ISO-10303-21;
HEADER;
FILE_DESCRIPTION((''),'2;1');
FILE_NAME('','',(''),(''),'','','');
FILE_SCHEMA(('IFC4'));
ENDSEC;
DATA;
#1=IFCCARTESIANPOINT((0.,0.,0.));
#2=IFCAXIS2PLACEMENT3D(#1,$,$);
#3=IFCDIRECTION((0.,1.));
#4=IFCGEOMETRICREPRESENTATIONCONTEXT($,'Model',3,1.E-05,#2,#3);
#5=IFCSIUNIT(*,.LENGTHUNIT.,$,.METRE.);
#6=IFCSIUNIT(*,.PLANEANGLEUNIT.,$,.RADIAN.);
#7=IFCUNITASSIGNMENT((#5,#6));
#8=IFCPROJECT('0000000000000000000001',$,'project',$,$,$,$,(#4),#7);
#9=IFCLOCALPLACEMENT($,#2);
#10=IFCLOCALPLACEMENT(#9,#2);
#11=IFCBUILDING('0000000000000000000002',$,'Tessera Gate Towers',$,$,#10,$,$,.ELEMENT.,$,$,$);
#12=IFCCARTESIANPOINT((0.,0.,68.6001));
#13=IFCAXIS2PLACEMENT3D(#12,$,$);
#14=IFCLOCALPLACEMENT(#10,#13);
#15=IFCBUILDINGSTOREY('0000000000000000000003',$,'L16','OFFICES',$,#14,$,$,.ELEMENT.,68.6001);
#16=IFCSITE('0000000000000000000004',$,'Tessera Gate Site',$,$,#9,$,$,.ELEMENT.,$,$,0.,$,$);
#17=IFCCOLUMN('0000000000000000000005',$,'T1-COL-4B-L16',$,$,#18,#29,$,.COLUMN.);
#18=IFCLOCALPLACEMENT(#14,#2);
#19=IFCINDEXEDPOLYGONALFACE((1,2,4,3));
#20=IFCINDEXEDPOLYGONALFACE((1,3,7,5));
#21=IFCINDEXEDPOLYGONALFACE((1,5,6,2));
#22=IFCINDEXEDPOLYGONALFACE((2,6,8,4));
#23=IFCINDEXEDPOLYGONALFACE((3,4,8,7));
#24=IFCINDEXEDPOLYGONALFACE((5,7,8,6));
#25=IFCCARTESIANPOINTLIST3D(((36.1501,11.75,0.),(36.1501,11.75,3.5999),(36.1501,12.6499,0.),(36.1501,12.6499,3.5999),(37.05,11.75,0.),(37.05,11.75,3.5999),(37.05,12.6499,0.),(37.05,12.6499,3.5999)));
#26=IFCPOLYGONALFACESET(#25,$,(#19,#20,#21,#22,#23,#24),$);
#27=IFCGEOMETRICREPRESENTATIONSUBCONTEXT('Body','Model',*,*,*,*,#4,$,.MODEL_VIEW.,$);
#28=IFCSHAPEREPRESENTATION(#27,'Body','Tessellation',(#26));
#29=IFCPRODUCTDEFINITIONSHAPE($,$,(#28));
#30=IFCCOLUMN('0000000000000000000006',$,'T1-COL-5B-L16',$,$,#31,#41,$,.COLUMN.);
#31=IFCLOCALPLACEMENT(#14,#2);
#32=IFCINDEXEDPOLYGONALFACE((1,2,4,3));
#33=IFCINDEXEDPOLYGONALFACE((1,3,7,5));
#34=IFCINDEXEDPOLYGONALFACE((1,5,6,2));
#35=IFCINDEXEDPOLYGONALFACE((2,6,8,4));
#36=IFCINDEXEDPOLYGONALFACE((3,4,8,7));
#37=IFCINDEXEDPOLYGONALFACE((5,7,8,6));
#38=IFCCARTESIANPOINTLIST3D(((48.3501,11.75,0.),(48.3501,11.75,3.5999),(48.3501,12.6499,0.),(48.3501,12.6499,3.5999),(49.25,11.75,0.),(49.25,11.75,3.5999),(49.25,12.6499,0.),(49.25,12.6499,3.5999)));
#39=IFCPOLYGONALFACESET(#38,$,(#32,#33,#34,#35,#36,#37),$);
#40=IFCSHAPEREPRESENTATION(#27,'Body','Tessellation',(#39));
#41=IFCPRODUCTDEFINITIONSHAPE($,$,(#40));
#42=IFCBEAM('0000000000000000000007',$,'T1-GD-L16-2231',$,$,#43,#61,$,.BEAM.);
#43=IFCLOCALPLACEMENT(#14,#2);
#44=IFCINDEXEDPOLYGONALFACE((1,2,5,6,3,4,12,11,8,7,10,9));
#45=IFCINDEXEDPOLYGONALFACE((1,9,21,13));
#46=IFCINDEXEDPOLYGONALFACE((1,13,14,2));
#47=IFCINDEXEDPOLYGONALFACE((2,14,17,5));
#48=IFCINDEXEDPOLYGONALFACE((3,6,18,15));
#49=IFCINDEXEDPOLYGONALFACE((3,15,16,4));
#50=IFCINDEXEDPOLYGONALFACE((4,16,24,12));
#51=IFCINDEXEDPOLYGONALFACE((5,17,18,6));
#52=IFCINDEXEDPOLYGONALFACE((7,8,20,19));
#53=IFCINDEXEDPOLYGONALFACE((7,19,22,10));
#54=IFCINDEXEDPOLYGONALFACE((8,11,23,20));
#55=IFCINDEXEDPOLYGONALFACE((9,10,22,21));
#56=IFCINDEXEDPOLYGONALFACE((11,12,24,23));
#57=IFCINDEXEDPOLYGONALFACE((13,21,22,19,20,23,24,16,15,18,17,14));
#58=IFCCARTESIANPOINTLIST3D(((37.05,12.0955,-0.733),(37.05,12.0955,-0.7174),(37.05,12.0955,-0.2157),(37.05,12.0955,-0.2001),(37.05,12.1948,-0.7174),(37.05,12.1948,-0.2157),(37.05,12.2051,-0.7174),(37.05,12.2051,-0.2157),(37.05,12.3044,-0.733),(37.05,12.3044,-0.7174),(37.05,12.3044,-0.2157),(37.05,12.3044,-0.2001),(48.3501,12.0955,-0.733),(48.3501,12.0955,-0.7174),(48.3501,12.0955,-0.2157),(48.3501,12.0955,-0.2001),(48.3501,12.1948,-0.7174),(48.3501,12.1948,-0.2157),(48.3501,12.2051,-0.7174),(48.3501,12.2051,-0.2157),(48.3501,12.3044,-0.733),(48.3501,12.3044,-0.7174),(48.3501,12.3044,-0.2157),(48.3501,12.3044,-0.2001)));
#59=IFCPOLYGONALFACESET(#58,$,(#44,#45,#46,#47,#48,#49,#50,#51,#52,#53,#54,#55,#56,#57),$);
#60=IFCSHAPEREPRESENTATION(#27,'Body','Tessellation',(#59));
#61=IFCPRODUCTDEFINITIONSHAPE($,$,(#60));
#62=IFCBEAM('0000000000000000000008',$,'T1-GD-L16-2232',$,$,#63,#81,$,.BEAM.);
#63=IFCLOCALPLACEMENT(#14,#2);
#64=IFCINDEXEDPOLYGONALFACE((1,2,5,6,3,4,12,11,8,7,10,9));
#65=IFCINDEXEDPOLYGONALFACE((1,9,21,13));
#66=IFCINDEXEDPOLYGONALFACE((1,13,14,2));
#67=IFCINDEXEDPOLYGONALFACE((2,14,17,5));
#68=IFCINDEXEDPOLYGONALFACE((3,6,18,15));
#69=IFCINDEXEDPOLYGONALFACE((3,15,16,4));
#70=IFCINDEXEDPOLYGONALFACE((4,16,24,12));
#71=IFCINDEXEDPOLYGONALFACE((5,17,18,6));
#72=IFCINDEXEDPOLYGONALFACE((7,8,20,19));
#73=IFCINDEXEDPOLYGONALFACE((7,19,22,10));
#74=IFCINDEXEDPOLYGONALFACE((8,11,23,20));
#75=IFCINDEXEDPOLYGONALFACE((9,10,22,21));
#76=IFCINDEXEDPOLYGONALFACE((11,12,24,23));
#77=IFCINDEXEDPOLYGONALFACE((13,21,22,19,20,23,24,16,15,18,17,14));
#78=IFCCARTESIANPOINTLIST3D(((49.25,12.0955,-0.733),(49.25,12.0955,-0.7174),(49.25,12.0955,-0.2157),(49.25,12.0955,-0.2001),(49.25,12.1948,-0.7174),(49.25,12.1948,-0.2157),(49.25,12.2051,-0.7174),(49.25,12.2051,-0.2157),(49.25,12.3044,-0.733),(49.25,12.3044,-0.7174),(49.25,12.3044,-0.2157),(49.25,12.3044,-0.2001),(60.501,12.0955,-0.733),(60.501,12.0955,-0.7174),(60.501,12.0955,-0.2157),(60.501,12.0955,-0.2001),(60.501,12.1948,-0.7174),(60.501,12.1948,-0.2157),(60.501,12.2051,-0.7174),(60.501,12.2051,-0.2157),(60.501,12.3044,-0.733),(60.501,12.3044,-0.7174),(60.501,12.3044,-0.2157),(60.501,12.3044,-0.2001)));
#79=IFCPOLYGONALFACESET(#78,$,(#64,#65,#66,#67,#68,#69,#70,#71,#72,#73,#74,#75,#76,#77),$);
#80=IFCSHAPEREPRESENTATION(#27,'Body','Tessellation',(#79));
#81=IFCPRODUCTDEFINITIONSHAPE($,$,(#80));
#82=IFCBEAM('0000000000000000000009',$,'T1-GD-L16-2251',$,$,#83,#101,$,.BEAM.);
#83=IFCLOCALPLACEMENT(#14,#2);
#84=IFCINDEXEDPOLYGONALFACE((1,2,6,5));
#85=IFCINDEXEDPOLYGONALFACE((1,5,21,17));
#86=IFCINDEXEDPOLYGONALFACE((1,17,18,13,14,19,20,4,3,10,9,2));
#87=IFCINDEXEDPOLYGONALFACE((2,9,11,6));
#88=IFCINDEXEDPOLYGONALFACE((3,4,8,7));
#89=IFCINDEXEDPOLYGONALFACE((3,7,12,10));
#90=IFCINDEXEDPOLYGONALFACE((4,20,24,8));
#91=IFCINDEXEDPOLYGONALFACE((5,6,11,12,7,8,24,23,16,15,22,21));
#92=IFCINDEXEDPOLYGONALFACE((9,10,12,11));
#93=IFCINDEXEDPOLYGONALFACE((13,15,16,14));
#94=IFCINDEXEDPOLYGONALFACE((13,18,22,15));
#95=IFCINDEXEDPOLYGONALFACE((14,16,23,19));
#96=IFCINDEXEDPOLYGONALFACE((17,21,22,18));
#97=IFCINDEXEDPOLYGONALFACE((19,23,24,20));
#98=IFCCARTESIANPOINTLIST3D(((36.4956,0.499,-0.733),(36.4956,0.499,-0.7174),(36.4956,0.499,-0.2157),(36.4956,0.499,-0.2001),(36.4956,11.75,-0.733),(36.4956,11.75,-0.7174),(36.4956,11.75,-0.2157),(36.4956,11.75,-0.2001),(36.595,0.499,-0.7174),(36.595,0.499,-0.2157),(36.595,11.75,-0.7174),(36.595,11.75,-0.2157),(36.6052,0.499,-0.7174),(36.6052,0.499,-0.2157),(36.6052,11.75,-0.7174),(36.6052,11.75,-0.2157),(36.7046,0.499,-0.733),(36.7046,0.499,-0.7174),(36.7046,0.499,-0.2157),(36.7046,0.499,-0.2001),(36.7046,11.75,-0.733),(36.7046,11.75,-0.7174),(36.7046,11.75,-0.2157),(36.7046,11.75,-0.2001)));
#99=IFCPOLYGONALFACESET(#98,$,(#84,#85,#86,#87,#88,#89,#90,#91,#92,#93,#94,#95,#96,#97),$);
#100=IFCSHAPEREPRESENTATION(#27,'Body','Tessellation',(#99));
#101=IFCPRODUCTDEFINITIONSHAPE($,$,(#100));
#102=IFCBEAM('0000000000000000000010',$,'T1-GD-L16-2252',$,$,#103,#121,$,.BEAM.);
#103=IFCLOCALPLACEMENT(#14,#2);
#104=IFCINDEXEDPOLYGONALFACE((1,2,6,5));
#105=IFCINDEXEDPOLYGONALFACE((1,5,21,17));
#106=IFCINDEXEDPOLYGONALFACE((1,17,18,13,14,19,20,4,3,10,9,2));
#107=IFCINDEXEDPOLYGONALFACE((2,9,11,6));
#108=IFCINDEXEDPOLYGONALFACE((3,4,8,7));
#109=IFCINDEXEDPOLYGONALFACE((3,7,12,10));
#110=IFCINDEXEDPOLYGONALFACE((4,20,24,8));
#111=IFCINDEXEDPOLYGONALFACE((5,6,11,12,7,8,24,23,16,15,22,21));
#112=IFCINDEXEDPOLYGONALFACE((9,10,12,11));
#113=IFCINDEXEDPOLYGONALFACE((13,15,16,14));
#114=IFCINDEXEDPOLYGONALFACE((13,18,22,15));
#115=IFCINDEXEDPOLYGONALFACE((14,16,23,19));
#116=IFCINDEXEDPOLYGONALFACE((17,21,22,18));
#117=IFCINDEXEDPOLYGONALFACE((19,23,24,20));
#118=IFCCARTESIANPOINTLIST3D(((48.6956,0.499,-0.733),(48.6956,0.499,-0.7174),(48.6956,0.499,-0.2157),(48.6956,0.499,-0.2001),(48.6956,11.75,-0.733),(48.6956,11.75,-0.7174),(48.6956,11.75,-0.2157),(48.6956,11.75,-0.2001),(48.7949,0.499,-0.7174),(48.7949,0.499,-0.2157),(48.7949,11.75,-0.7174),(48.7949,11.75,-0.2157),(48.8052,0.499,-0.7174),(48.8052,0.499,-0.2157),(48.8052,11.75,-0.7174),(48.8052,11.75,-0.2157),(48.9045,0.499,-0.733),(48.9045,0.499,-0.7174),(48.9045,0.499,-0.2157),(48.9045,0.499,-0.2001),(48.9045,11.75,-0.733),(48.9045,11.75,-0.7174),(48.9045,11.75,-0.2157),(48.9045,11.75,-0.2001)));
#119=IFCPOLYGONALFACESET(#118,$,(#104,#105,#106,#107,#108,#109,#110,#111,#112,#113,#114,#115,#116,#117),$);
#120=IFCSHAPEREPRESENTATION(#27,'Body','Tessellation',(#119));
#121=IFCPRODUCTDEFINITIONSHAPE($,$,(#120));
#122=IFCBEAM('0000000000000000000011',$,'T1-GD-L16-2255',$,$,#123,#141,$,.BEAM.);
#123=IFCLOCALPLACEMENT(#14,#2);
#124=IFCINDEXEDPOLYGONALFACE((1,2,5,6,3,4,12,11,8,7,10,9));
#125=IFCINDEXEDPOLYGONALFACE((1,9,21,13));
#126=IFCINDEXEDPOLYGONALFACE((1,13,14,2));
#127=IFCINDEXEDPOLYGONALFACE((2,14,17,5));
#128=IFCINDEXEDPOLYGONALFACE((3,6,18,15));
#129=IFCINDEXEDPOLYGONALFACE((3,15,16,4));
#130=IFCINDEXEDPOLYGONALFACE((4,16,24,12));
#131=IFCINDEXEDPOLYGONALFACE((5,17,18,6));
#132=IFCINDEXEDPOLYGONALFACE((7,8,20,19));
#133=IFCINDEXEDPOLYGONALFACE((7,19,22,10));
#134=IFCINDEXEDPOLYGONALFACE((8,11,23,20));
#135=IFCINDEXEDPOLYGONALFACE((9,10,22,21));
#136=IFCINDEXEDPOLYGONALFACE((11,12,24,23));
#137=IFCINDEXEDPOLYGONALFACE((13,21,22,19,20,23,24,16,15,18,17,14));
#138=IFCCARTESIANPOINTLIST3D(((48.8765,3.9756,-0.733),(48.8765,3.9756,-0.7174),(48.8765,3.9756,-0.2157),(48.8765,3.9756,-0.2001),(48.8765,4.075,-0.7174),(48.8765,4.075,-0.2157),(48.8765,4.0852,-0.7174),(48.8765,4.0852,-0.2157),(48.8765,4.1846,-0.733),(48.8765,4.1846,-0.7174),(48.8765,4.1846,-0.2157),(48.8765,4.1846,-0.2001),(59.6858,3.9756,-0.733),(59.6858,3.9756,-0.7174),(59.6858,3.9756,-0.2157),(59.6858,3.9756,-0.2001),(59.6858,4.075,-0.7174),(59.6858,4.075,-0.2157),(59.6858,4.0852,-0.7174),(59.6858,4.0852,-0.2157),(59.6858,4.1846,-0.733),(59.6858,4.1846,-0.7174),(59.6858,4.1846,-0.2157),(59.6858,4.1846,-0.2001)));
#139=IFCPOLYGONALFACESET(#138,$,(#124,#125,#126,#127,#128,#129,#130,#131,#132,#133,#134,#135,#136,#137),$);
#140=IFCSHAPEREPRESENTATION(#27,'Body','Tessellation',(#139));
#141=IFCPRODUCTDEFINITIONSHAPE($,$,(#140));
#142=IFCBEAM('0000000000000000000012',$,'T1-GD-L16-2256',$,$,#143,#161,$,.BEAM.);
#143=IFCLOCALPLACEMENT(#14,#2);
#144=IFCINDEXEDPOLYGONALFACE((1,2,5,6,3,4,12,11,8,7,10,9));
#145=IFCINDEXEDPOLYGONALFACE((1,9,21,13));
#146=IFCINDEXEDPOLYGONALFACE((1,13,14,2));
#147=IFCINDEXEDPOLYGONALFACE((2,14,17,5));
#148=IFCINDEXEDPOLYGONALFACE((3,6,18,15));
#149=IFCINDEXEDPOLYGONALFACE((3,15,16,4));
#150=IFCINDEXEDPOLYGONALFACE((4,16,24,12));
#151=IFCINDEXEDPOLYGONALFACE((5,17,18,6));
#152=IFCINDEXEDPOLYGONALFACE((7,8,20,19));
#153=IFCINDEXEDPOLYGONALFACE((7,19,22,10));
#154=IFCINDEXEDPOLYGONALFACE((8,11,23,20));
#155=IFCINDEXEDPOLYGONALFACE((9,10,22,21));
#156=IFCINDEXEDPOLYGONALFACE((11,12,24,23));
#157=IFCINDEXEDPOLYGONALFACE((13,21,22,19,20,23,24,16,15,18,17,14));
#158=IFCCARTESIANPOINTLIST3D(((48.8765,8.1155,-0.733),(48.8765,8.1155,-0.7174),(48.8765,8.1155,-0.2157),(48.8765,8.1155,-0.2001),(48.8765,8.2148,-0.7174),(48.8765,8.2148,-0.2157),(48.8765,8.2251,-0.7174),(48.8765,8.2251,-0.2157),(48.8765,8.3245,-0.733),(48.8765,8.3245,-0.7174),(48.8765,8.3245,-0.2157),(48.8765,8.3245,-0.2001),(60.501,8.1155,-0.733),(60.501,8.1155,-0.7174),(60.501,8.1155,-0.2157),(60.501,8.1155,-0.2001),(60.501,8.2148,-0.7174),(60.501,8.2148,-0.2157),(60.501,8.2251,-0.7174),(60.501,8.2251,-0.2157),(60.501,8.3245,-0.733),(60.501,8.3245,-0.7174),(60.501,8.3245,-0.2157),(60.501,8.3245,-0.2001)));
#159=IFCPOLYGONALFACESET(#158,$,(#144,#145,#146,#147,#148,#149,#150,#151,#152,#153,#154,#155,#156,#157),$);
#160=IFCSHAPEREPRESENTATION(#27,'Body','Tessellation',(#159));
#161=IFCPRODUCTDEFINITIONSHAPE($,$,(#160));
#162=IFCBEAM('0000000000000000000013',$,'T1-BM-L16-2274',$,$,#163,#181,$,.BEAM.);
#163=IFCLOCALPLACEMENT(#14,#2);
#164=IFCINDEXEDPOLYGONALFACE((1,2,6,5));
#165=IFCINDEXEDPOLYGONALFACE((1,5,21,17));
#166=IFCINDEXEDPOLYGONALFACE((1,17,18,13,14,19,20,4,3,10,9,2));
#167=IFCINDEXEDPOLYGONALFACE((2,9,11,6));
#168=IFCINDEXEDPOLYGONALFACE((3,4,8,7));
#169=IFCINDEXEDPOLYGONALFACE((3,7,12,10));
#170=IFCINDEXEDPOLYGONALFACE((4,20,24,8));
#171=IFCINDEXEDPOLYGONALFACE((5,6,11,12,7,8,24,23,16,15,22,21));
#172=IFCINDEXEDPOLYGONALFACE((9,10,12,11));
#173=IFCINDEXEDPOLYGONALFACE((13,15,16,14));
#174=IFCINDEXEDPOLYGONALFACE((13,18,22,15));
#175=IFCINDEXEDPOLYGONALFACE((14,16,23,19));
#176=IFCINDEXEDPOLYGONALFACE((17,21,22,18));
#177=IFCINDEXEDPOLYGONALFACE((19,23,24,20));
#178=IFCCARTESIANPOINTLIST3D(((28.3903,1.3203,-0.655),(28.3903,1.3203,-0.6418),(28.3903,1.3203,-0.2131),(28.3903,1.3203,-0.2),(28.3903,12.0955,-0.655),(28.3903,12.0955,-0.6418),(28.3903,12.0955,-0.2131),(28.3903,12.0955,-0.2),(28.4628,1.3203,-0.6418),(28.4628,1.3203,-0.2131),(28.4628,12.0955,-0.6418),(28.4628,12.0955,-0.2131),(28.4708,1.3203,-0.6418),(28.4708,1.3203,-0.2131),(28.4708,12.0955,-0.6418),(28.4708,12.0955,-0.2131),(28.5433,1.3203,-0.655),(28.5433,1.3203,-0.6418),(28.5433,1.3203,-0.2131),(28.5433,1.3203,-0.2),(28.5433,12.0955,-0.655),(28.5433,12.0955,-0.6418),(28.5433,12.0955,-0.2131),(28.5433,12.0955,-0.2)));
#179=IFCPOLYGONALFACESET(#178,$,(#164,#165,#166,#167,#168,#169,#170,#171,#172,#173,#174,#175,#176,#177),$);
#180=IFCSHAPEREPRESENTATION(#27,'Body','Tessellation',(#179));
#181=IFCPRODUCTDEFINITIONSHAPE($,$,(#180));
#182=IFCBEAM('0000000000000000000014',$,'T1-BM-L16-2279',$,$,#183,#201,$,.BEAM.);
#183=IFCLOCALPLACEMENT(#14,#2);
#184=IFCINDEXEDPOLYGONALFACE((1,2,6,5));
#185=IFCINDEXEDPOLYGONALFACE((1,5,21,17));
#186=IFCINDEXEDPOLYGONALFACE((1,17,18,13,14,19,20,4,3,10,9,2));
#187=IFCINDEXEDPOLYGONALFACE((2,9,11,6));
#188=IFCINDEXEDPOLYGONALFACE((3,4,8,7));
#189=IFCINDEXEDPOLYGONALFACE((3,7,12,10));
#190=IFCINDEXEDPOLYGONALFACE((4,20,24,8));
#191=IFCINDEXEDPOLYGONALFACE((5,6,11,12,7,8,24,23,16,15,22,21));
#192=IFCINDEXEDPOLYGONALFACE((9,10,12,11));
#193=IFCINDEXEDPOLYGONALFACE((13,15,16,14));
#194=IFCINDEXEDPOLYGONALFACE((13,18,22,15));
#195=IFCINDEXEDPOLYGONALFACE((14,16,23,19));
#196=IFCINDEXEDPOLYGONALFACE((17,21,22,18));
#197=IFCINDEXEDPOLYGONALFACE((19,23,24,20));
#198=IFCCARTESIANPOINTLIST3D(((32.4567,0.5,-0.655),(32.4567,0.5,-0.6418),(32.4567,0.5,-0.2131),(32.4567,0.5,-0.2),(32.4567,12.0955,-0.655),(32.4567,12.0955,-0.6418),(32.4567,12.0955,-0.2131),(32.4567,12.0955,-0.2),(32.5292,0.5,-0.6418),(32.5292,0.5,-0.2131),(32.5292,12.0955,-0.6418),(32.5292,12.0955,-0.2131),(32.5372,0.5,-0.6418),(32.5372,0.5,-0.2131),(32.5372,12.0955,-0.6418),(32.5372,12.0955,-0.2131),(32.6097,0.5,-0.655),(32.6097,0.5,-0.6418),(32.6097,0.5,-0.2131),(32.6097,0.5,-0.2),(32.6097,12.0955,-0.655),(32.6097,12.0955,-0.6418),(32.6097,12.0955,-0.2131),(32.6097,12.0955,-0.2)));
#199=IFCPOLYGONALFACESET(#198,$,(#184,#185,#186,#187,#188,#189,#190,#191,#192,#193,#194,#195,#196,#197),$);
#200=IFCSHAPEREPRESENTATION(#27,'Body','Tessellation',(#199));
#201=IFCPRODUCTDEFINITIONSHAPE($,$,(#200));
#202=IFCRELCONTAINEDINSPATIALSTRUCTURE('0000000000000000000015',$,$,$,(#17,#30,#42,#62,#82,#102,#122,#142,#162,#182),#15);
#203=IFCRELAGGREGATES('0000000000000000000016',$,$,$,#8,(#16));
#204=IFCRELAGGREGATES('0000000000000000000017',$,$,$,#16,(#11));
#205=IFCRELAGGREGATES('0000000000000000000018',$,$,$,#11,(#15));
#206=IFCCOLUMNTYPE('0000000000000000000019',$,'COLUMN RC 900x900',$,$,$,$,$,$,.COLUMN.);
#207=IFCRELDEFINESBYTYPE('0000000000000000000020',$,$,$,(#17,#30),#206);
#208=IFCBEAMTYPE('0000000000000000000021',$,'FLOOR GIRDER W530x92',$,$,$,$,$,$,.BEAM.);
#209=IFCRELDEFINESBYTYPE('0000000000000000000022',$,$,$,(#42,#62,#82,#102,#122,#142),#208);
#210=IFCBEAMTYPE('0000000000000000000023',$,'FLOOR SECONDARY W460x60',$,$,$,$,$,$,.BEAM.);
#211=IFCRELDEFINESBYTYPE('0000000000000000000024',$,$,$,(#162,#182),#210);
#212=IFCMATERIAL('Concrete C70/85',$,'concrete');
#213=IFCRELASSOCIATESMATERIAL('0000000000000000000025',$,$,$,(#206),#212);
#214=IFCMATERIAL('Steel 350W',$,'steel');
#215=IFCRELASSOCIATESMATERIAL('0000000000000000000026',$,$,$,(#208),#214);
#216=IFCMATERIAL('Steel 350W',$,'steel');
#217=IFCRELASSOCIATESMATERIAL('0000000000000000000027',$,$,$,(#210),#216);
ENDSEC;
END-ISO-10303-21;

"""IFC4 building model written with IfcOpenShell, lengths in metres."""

from ifc_helpers import new_model, si_unit, direction, frame, origin, origin_2d, place, context, subcontext, project, spatial, rectangle, i_section, extrude, material, material_profile, profile_set, type_object, element, save


model = new_model("IFC4")

# Units and contexts
model_context = context("Model", 3, precision=1e-05, world=origin(), true_north=direction((0.0, 1.0)))
body_context = subcontext(model_context, "Body", "Model", "MODEL_VIEW")
ifc_project = project(units=[si_unit("LENGTHUNIT", "METRE"), si_unit("PLANEANGLEUNIT", "RADIAN")], contexts=[model_context])

# Site, building, storey
site_placement = place(None, origin())
site = spatial("IfcSite", under=ifc_project, at=site_placement, Name="Tessera Gate Site", CompositionType="ELEMENT", RefElevation=0.0)
building_placement = place(site_placement, origin())
building = spatial("IfcBuilding", under=site, at=building_placement, Name="Tessera Gate Towers", CompositionType="ELEMENT")
storey_placement = place(building_placement, frame((0.0, 0.0, 68.6001)))
storey = spatial("IfcBuildingStorey", under=building, at=storey_placement, Name="L16", Description="OFFICES", CompositionType="ELEMENT", Elevation=68.6001)

# Columns
ifc_material_1 = material(Name="Concrete C70/85", Category="concrete")
ifc_material_profile_1 = material_profile(ifc_material_1, rectangle(XDim=0.8999, YDim=0.8999, at=origin_2d()), Name="RC 900x900")
ifc_profile_set_1 = profile_set([ifc_material_profile_1], Name="Concrete C70/85")
column_type = type_object("IfcColumnType", Name="COLUMN RC 900x900", PredefinedType="COLUMN", material=ifc_profile_set_1)
for number, where, z_axis, x_axis, name in (
    (1, (36.6001, 12.2, 0.0), (0.0, 0.0, 1.0), (1.0, 0.0, 0.0), "T1-COL-4B-L16"),
    (2, (48.8, 12.2, 0.0), (0.0, 0.0, 1.0), (1.0, 0.0, 0.0), "T1-COL-5B-L16"),
):
    element("IfcColumn", number, at=place(storey_placement, frame(where, z_axis=z_axis, x_axis=x_axis)), inside=storey, type_object=column_type, Name=name, PredefinedType="COLUMN", context=body_context, shape_type="SweptSolid", body=[
        extrude(rectangle(XDim=0.8999, YDim=0.8999, at=origin_2d()), origin(), (0.0, 0.0, 1.0), 3.5999),
    ])

# Beams
ifc_material_2 = material(Name="Steel 350W", Category="steel")
ifc_material_profile_2 = material_profile(ifc_material_2, i_section(OverallWidth=0.209, OverallDepth=0.533, WebThickness=0.0103, FlangeThickness=0.0156, at=origin_2d()), Name="W530x92")
ifc_profile_set_2 = profile_set([ifc_material_profile_2], Name="Steel 350W")
beam_type_1 = type_object("IfcBeamType", Name="FLOOR GIRDER W530x92", PredefinedType="BEAM", material=ifc_profile_set_2)
beam_1_placement = place(storey_placement, frame((37.05, 12.2, -0.4666), z_axis=(1.0, 0.0, 0.0), x_axis=(0.0, 1.0, 0.0)))
element("IfcBeam", 3, at=beam_1_placement, inside=storey, type_object=beam_type_1, Name="T1-GD-L16-2231", PredefinedType="BEAM", context=body_context, shape_type="SweptSolid", body=[
    extrude(i_section(OverallWidth=0.209, OverallDepth=0.533, WebThickness=0.0103, FlangeThickness=0.0156, at=origin_2d()), origin(), (0.0, 0.0, 1.0), 11.3),
])
for number, where, z_axis, x_axis, name in (
    (4, (49.25, 12.2, -0.4666), (1.0, 0.0, 0.0), (0.0, 1.0, 0.0), "T1-GD-L16-2232"),
    (5, (36.6001, 0.499, -0.4666), (0.0, 1.0, 0.0), (-1.0, 0.0, 0.0), "T1-GD-L16-2251"),
    (6, (48.8, 0.499, -0.4666), (0.0, 1.0, 0.0), (-1.0, 0.0, 0.0), "T1-GD-L16-2252"),
):
    element("IfcBeam", number, at=place(storey_placement, frame(where, z_axis=z_axis, x_axis=x_axis)), inside=storey, type_object=beam_type_1, Name=name, PredefinedType="BEAM", context=body_context, shape_type="SweptSolid", body=[
        extrude(i_section(OverallWidth=0.209, OverallDepth=0.533, WebThickness=0.0103, FlangeThickness=0.0156, at=origin_2d()), origin(), (0.0, 0.0, 1.0), 11.251),
    ])
beam_2_placement = place(storey_placement, frame((48.8765, 4.0801, -0.4666), z_axis=(1.0, 0.0, 0.0), x_axis=(0.0, 1.0, 0.0)))
element("IfcBeam", 7, at=beam_2_placement, inside=storey, type_object=beam_type_1, Name="T1-GD-L16-2255", PredefinedType="BEAM", context=body_context, shape_type="SweptSolid", body=[
    extrude(i_section(OverallWidth=0.209, OverallDepth=0.533, WebThickness=0.0103, FlangeThickness=0.0156, at=origin_2d()), origin(), (0.0, 0.0, 1.0), 10.8093),
])
beam_3_placement = place(storey_placement, frame((48.8765, 8.22, -0.4666), z_axis=(1.0, 0.0, 0.0), x_axis=(0.0, 1.0, 0.0)))
element("IfcBeam", 8, at=beam_3_placement, inside=storey, type_object=beam_type_1, Name="T1-GD-L16-2256", PredefinedType="BEAM", context=body_context, shape_type="SweptSolid", body=[
    extrude(i_section(OverallWidth=0.209, OverallDepth=0.533, WebThickness=0.0103, FlangeThickness=0.0156, at=origin_2d()), origin(), (0.0, 0.0, 1.0), 11.6245),
])
ifc_material_3 = material(Name="Steel 350W", Category="steel")
ifc_material_profile_3 = material_profile(ifc_material_3, i_section(OverallWidth=0.1531, OverallDepth=0.4551, WebThickness=0.0081, FlangeThickness=0.0132, at=origin_2d()), Name="W460x60")
ifc_profile_set_3 = profile_set([ifc_material_profile_3], Name="Steel 350W")
beam_type_2 = type_object("IfcBeamType", Name="FLOOR SECONDARY W460x60", PredefinedType="BEAM", material=ifc_profile_set_3)
beam_4_placement = place(storey_placement, frame((28.4668, 1.3203, -0.4275), z_axis=(0.0, 1.0, 0.0), x_axis=(-1.0, 0.0, 0.0)))
element("IfcBeam", 9, at=beam_4_placement, inside=storey, type_object=beam_type_2, Name="T1-BM-L16-2274", PredefinedType="BEAM", context=body_context, shape_type="SweptSolid", body=[
    extrude(i_section(OverallWidth=0.1531, OverallDepth=0.4551, WebThickness=0.0081, FlangeThickness=0.0132, at=origin_2d()), origin(), (0.0, 0.0, 1.0), 10.7751),
])
for number, where, z_axis, x_axis, name in (
    (10, (32.5332, 0.5, -0.4275), (0.0, 1.0, 0.0), (-1.0, 0.0, 0.0), "T1-BM-L16-2279"),
):
    element("IfcBeam", number, at=place(storey_placement, frame(where, z_axis=z_axis, x_axis=x_axis)), inside=storey, type_object=beam_type_2, Name=name, PredefinedType="BEAM", context=body_context, shape_type="SweptSolid", body=[
        extrude(i_section(OverallWidth=0.1531, OverallDepth=0.4551, WebThickness=0.0081, FlangeThickness=0.0132, at=origin_2d()), origin(), (0.0, 0.0, 1.0), 11.5955),
    ])

save(model, "model.ifc")
